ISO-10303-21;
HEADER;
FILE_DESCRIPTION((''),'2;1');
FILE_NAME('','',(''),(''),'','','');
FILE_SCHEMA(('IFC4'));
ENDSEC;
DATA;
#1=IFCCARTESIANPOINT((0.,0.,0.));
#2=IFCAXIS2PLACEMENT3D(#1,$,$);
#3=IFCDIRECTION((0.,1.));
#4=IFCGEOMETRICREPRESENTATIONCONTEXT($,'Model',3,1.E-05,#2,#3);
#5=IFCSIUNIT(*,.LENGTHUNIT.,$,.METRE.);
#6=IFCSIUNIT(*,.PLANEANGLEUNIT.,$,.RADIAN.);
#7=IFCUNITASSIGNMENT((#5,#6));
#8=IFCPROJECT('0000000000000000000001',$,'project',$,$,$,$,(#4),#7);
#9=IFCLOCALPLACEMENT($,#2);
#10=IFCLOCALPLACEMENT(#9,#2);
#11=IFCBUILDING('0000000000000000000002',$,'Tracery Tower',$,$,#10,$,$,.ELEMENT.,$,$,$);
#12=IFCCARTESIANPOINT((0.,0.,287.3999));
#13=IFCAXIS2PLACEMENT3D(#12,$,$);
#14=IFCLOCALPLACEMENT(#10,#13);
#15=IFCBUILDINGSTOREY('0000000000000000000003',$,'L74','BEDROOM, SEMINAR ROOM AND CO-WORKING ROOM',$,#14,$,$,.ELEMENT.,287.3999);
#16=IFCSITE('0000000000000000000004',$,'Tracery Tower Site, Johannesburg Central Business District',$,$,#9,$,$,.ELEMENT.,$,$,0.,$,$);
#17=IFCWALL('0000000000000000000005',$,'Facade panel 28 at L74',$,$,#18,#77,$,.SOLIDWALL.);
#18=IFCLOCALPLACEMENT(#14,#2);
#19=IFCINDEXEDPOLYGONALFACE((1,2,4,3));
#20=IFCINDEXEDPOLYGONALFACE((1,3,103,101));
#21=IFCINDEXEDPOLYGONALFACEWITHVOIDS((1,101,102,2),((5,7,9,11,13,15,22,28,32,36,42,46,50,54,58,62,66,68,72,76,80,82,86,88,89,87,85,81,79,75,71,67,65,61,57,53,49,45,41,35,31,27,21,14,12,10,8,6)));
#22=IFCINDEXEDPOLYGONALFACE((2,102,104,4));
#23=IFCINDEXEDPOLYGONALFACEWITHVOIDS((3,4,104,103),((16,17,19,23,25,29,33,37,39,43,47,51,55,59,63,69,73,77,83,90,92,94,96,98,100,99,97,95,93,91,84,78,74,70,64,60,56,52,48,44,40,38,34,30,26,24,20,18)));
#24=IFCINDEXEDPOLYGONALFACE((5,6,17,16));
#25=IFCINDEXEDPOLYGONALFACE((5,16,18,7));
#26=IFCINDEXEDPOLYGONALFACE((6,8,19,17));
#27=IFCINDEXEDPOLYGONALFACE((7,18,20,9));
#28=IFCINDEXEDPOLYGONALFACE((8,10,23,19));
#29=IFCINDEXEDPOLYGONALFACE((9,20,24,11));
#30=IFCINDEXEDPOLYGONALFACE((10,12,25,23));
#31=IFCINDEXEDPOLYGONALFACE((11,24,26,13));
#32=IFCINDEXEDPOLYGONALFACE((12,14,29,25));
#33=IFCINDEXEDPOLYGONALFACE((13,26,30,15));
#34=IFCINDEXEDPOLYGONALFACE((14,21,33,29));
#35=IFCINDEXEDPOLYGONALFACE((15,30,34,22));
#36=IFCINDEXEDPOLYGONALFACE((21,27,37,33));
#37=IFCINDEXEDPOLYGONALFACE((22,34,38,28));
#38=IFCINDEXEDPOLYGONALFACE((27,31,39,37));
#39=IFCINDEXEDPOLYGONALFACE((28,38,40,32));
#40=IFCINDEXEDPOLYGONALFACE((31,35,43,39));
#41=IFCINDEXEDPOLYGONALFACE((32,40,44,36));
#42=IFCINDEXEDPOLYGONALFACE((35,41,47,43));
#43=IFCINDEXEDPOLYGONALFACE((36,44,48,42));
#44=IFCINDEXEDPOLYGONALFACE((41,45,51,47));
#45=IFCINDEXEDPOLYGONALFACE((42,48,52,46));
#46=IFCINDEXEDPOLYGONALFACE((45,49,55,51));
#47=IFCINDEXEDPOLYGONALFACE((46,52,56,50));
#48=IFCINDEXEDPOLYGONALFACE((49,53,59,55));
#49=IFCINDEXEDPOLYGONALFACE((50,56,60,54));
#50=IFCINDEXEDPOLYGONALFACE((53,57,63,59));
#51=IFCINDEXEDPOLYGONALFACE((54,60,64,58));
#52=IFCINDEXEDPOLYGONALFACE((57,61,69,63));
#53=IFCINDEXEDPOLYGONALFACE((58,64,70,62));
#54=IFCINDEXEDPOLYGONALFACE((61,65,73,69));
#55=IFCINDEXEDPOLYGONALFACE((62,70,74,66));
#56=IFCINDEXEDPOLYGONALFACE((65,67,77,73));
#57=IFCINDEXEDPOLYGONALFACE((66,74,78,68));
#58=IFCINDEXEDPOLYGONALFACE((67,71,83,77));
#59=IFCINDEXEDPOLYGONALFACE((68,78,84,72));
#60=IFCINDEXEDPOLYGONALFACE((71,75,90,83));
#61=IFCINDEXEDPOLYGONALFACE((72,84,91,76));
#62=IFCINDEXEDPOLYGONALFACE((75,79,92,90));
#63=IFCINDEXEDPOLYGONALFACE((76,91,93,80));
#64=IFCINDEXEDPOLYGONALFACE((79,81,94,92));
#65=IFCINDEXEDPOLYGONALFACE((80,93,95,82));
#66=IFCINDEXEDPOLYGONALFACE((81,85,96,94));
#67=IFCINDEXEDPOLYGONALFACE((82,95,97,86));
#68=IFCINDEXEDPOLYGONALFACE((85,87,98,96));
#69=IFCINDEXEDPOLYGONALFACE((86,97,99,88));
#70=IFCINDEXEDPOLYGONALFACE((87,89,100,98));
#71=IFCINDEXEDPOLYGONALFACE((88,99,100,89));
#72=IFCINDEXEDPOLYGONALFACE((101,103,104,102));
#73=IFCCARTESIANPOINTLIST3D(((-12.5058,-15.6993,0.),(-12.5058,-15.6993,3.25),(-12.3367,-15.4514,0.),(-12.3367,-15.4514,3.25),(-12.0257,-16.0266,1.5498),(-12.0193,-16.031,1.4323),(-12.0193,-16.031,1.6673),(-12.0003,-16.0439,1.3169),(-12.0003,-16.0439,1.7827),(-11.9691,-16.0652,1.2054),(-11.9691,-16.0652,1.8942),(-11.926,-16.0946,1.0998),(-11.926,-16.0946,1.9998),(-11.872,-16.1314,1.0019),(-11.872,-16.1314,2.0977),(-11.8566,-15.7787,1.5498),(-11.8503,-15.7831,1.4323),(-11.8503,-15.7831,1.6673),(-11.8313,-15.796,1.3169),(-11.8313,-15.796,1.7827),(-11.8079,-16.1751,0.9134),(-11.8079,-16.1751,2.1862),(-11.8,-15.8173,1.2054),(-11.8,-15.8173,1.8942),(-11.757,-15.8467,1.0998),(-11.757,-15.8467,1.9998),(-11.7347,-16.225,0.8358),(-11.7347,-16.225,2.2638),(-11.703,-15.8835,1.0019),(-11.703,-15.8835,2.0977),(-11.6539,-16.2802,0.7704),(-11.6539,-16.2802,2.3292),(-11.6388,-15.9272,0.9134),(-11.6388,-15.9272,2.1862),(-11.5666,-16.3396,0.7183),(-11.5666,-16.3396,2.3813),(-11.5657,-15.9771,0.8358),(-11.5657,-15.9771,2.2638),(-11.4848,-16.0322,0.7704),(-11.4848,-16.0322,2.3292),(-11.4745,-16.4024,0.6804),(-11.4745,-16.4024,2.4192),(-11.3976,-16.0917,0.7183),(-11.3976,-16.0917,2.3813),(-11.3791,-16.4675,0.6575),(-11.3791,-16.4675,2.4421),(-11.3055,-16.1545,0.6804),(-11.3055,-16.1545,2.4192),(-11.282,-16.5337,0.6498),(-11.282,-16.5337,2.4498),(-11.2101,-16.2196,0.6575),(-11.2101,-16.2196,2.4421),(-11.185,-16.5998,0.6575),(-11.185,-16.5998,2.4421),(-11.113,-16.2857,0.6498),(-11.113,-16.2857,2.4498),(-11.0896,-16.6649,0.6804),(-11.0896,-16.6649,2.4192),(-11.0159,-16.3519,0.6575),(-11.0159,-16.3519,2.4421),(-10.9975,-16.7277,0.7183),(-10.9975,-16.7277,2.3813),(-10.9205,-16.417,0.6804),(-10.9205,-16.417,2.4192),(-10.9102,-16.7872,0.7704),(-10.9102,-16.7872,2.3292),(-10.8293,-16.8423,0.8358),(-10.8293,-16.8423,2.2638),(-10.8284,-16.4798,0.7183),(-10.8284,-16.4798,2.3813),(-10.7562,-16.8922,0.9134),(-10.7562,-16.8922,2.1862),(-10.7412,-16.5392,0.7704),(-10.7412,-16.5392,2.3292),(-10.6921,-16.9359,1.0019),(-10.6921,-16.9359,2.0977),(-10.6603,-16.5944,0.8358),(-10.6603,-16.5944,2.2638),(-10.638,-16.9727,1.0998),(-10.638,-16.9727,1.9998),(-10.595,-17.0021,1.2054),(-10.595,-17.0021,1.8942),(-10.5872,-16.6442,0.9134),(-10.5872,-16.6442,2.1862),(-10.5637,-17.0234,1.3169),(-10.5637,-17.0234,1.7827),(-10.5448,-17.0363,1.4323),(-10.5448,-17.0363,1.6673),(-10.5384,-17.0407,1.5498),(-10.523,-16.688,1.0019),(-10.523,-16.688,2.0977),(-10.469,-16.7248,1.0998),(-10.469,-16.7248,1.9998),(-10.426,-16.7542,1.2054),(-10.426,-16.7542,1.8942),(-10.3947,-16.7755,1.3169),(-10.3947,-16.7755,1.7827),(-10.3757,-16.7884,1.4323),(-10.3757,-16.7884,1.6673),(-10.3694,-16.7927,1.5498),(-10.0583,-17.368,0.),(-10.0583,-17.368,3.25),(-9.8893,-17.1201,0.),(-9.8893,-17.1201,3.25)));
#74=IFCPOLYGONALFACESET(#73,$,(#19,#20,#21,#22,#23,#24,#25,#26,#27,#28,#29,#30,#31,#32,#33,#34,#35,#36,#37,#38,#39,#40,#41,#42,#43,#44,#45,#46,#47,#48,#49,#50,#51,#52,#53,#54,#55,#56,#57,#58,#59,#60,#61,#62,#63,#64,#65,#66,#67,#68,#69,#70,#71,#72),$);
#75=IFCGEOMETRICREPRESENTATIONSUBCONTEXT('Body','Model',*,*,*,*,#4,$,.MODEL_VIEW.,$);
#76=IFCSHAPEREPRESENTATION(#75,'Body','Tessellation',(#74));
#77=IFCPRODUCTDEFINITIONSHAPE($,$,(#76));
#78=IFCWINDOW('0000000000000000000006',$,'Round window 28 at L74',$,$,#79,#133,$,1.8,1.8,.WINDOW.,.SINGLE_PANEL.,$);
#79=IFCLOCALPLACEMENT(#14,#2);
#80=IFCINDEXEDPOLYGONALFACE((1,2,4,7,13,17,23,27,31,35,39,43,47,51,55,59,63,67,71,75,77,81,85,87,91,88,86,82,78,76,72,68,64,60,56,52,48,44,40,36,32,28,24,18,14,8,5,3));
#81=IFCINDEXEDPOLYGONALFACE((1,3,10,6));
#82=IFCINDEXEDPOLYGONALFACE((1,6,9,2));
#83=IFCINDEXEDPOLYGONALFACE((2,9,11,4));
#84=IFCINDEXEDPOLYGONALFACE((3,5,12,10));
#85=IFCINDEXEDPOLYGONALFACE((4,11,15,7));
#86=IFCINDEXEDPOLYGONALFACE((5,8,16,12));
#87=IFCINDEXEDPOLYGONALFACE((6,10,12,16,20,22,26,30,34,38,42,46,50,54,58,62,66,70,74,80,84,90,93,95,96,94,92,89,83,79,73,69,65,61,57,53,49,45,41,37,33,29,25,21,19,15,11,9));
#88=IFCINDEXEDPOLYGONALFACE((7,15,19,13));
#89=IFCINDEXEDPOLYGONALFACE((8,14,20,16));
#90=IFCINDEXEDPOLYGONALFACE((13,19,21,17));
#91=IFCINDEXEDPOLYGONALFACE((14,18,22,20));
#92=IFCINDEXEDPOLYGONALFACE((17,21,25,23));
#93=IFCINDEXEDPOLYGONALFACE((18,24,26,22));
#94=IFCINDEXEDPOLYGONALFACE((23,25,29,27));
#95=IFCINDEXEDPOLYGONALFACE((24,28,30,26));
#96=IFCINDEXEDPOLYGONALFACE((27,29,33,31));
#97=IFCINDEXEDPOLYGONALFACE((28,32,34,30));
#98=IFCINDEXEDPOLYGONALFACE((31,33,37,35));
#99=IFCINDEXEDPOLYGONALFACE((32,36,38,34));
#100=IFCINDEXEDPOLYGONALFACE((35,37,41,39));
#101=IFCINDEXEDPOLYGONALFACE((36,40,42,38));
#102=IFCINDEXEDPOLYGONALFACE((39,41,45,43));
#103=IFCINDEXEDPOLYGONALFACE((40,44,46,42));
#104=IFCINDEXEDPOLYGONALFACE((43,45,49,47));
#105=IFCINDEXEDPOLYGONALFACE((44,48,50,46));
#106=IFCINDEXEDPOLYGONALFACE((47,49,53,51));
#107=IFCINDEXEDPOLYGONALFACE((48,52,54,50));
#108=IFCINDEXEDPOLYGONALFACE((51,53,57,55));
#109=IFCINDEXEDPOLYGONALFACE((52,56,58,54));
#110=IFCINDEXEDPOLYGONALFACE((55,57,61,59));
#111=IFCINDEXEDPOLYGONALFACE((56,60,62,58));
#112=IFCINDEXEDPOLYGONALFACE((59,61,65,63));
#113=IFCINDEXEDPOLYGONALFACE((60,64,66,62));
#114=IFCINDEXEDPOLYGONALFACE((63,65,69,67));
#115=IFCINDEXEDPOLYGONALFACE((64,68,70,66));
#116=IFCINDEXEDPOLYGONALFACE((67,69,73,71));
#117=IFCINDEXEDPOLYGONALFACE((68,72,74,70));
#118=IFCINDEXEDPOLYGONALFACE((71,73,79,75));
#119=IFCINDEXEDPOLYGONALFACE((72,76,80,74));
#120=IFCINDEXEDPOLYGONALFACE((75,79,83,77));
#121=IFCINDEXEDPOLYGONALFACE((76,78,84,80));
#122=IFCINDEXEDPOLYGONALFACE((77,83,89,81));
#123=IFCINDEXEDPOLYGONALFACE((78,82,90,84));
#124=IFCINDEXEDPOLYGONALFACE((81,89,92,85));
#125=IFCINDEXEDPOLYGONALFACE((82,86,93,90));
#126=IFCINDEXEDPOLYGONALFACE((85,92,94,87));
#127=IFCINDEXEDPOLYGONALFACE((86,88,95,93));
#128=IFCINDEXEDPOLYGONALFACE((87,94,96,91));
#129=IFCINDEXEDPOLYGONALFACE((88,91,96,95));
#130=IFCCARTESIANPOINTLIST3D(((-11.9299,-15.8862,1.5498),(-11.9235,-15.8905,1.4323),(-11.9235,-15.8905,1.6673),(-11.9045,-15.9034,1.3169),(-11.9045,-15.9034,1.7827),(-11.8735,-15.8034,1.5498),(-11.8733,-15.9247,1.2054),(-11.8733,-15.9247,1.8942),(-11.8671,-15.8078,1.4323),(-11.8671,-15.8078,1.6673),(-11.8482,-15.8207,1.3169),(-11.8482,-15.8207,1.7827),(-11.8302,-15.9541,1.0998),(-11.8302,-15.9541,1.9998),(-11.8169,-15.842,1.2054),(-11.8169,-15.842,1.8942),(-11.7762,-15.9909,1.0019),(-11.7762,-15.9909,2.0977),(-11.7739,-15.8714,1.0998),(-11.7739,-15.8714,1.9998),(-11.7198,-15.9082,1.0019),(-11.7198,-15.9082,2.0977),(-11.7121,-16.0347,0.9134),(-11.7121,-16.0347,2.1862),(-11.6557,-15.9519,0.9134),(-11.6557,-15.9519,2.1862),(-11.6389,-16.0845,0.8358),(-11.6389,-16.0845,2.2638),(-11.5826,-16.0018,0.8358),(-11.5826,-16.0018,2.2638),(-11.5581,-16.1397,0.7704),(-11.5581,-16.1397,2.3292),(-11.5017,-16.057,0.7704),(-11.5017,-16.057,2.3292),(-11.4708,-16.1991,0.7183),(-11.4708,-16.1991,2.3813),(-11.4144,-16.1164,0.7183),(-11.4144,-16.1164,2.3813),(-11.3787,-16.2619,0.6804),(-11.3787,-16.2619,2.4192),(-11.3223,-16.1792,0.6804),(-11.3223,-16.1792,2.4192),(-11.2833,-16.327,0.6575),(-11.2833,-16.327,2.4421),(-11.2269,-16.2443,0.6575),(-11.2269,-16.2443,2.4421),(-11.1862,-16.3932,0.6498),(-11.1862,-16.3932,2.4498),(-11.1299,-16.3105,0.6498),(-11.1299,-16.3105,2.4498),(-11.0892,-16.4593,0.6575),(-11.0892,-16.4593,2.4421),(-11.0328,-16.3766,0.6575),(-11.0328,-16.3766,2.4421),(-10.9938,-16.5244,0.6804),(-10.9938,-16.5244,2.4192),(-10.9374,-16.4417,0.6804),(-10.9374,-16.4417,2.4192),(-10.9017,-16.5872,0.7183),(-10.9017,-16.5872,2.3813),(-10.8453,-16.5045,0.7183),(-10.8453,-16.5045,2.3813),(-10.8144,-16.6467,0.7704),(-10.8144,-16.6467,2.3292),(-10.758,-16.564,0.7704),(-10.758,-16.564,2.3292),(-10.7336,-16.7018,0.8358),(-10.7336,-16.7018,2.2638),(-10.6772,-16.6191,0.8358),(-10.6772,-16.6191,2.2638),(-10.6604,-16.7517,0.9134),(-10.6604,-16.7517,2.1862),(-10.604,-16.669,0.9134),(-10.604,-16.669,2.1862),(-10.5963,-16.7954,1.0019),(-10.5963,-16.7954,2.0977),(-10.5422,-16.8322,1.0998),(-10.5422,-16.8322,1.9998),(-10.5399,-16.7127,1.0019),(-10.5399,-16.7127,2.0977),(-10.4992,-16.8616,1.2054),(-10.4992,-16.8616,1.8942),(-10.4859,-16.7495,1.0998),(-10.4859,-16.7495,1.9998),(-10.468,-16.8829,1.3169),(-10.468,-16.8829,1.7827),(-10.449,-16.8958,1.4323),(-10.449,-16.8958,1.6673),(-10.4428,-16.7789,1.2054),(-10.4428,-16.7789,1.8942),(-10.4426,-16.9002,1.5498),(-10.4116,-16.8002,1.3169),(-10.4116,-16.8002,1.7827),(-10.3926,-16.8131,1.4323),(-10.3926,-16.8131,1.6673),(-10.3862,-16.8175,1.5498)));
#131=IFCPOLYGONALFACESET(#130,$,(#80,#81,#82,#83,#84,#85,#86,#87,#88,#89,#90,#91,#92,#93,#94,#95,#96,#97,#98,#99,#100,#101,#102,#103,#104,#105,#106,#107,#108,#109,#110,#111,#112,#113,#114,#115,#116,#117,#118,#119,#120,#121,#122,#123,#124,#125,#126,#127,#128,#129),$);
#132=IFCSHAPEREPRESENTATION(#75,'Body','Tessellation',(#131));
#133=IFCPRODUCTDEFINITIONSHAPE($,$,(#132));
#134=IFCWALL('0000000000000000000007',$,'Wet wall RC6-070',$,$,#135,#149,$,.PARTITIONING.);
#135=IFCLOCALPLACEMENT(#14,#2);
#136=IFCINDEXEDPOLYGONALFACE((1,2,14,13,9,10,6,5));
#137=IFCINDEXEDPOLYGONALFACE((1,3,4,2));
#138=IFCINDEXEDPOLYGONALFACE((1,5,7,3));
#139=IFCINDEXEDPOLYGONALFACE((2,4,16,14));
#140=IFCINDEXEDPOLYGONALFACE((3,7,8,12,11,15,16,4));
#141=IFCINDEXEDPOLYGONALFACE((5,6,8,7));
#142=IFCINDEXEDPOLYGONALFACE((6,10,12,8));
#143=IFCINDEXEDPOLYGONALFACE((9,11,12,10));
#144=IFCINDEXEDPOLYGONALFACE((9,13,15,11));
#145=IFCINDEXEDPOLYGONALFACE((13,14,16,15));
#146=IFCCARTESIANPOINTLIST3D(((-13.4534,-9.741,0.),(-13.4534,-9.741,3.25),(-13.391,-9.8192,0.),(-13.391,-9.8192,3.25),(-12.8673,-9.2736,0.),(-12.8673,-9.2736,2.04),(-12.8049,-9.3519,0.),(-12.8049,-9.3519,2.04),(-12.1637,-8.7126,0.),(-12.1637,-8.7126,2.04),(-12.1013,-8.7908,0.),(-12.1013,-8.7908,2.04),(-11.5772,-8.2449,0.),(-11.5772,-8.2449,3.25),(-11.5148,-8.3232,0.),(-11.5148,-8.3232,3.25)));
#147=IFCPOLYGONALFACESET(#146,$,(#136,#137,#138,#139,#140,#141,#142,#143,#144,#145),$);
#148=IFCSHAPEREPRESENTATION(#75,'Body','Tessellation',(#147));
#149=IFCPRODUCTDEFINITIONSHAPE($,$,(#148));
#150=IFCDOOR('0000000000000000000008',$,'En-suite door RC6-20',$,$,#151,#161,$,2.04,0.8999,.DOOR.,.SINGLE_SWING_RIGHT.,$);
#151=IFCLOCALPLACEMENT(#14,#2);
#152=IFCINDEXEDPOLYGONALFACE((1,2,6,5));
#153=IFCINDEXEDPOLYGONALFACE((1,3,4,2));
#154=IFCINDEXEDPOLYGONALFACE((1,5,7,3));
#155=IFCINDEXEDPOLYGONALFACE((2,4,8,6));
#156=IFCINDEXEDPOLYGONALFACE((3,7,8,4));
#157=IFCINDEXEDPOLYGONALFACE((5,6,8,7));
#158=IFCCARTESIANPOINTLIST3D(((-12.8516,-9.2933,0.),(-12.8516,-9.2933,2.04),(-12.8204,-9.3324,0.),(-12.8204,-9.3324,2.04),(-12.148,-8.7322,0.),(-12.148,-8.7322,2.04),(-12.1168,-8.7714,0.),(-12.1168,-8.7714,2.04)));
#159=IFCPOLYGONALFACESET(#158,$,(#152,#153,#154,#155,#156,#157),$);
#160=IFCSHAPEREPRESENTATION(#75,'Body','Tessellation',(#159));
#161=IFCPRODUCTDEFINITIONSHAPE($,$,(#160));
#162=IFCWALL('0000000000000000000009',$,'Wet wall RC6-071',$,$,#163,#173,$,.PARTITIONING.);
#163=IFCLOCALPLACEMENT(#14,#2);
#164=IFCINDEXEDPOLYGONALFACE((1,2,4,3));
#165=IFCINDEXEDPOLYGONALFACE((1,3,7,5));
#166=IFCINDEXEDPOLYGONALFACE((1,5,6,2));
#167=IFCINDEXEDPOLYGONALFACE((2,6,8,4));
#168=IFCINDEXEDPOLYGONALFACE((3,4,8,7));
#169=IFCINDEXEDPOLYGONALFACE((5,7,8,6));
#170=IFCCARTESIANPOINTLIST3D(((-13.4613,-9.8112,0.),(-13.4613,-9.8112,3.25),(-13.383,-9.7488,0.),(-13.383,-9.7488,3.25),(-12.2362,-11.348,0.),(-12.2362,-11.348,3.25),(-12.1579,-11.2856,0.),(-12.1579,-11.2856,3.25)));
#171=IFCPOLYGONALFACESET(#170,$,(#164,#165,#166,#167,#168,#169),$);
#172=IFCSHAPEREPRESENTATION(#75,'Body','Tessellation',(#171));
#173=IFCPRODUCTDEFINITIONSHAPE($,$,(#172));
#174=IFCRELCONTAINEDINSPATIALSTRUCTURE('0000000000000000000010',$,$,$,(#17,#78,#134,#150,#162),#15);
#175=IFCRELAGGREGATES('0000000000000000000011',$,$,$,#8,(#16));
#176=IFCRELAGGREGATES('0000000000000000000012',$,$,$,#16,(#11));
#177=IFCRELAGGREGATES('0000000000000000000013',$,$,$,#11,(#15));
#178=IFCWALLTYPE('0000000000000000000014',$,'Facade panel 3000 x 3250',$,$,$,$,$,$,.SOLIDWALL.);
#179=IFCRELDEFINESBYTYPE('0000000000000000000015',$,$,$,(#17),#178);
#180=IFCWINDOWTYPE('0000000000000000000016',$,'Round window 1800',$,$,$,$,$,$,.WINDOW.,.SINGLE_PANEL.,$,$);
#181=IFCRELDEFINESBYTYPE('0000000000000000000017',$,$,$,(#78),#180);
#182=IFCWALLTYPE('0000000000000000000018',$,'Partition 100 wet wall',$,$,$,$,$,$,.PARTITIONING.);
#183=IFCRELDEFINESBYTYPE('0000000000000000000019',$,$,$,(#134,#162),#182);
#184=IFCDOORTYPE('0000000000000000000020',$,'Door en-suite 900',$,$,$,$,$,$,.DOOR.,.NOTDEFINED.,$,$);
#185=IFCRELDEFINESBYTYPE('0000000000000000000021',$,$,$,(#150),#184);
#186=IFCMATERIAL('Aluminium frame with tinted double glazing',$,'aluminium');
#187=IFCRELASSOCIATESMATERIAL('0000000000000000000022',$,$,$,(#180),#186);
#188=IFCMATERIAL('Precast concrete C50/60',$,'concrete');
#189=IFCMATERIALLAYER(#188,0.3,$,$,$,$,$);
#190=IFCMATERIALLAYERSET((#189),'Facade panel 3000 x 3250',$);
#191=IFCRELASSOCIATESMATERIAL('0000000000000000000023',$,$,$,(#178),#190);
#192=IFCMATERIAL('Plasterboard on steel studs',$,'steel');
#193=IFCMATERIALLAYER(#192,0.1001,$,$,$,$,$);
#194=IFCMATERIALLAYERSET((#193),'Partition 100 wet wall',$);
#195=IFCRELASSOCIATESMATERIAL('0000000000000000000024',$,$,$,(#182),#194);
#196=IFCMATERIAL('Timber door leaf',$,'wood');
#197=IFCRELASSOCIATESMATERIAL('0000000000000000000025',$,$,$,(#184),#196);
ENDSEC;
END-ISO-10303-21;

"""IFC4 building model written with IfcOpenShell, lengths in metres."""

from ifc_helpers import new_model, si_unit, direction, frame, frame_2d, origin, origin_2d, place, context, subcontext, project, spatial, rectangle, circle, extrude, material, layer, layer_set, type_object, element, fill, save


model = new_model("IFC4")

# Units and contexts
model_context = context("Model", 3, precision=1e-05, world=origin(), true_north=direction((0.0, 1.0)))
body_context = subcontext(model_context, "Body", "Model", "MODEL_VIEW")
ifc_project = project(units=[si_unit("LENGTHUNIT", "METRE"), si_unit("PLANEANGLEUNIT", "RADIAN")], contexts=[model_context])

# Site, building, storey
site_placement = place(None, origin())
site = spatial("IfcSite", under=ifc_project, at=site_placement, Name="Tracery Tower Site, Johannesburg Central Business District", CompositionType="ELEMENT", RefElevation=0.0)
building_placement = place(site_placement, origin())
building = spatial("IfcBuilding", under=site, at=building_placement, Name="Tracery Tower", CompositionType="ELEMENT")
storey_placement = place(building_placement, frame((0.0, 0.0, 287.3999)))
storey = spatial("IfcBuildingStorey", under=building, at=storey_placement, Name="L74", Description="BEDROOM, SEMINAR ROOM AND CO-WORKING ROOM", CompositionType="ELEMENT", Elevation=287.3999)

# Wall, opening, window
ifc_material_1 = material(Name="Aluminium frame with tinted double glazing", Category="aluminium")
window_type = type_object("IfcWindowType", Name="Round window 1800", PartitioningType="SINGLE_PANEL", PredefinedType="WINDOW", material=ifc_material_1)
ifc_material_2 = material(Name="Precast concrete C50/60", Category="concrete")
ifc_layer_1 = layer(ifc_material_2, 0.3)
ifc_layer_set_1 = layer_set([ifc_layer_1], Name="Facade panel 3000 x 3250")
wall_type_1 = type_object("IfcWallType", Name="Facade panel 3000 x 3250", PredefinedType="SOLIDWALL", material=ifc_layer_set_1)
wall_1_placement = place(storey_placement, frame((-12.4211, -15.5754, 0.0), z_axis=(0.0, 0.0, 1.0), x_axis=(0.826236, -0.563324, 0.0)))
wall_1 = element("IfcWall", 1, at=wall_1_placement, inside=storey, type_object=wall_type_1, Name="Facade panel 28 at L74", PredefinedType="SOLIDWALL", context=body_context, shape_type="SweptSolid", body=[
    extrude(rectangle(XDim=2.9622, YDim=0.3, at=frame_2d((1.481, 0.0))), origin(), (0.0, 0.0, 1.0), 3.25),
])
opening_1_placement = place(wall_1_placement, frame((1.481, 0.0, 1.5498)))
opening_1 = element("IfcOpeningElement", 2, at=opening_1_placement, cuts=wall_1, PredefinedType="OPENING", context=body_context, shape_type="SweptSolid", body=[
    extrude(circle(Radius=0.9, at=origin_2d()), frame((0.0, 0.1599, 0.0), z_axis=(0.0, -1.0, 0.0), x_axis=(1.0, 0.0, 0.0)), (0.0, 0.0, 1.0), 0.3201),
])
window_1_placement = place(opening_1_placement, origin())
window_1 = element("IfcWindow", 3, at=window_1_placement, inside=storey, type_object=window_type, Name="Round window 28 at L74", OverallHeight=1.8, OverallWidth=1.8, PartitioningType="SINGLE_PANEL", PredefinedType="WINDOW", context=body_context, shape_type="SweptSolid", body=[
    extrude(circle(Radius=0.9, at=origin_2d()), frame((0.0, 0.1201, 0.0), z_axis=(0.0, -1.0, 0.0), x_axis=(1.0, 0.0, 0.0)), (0.0, 0.0, 1.0), 0.1001),
])
fill(opening_1, window_1)

# Wall, opening, door
ifc_material_3 = material(Name="Plasterboard on steel studs", Category="steel")
ifc_layer_2 = layer(ifc_material_3, 0.1001)
ifc_layer_set_2 = layer_set([ifc_layer_2], Name="Partition 100 wet wall")
wall_type_2 = type_object("IfcWallType", Name="Partition 100 wet wall", PredefinedType="PARTITIONING", material=ifc_layer_set_2)
wall_2_placement = place(storey_placement, frame((-13.4221, -9.78, 0.0), z_axis=(0.0, 0.0, 1.0), x_axis=(0.78186, 0.623454, 0.0)))
wall_2 = element("IfcWall", 4, at=wall_2_placement, inside=storey, type_object=wall_type_2, Name="Wet wall RC6-070", PredefinedType="PARTITIONING", context=body_context, shape_type="SweptSolid", body=[
    extrude(rectangle(XDim=2.3997, YDim=0.1001, at=frame_2d((1.1997, 0.0))), origin(), (0.0, 0.0, 1.0), 3.25),
])
opening_2_placement = place(wall_2_placement, frame((0.7495, 0.0, 0.0)))
opening_2 = element("IfcOpeningElement", 5, at=opening_2_placement, cuts=wall_2, PredefinedType="OPENING", context=body_context, shape_type="SweptSolid", body=[
    extrude(rectangle(XDim=0.8999, YDim=2.04, at=frame_2d((0.45, 1.02))), frame((0.0, 0.05, 0.0), z_axis=(0.0, -1.0, 0.0), x_axis=(1.0, 0.0, 0.0)), (0.0, 0.0, 1.0), 0.1001),
])
ifc_material_4 = material(Name="Timber door leaf", Category="wood")
door_type = type_object("IfcDoorType", Name="Door en-suite 900", OperationType="NOTDEFINED", PredefinedType="DOOR", material=ifc_material_4)
door_1_placement = place(opening_2_placement, origin())
door_1 = element("IfcDoor", 6, at=door_1_placement, inside=storey, type_object=door_type, Name="En-suite door RC6-20", OperationType="SINGLE_SWING_RIGHT", OverallHeight=2.04, OverallWidth=0.8999, PredefinedType="DOOR", context=body_context, shape_type="SweptSolid", body=[
    extrude(rectangle(XDim=0.8999, YDim=2.04, at=frame_2d((0.45, 1.02))), frame((0.0, 0.0249, 0.0), z_axis=(0.0, -1.0, 0.0), x_axis=(1.0, 0.0, 0.0)), (0.0, 0.0, 1.0), 0.05),
])
fill(opening_2, door_1)

# Wall
wall_3_placement = place(storey_placement, frame((-13.4221, -9.78, 0.0), z_axis=(0.0, 0.0, 1.0), x_axis=(0.623331, -0.781958, 0.0)))
element("IfcWall", 7, at=wall_3_placement, inside=storey, type_object=wall_type_2, Name="Wet wall RC6-071", PredefinedType="PARTITIONING", context=body_context, shape_type="SweptSolid", body=[
    extrude(rectangle(XDim=1.9653, YDim=0.1001, at=frame_2d((0.9827, 0.0))), origin(), (0.0, 0.0, 1.0), 3.25),
])

save(model, "model.ifc")
